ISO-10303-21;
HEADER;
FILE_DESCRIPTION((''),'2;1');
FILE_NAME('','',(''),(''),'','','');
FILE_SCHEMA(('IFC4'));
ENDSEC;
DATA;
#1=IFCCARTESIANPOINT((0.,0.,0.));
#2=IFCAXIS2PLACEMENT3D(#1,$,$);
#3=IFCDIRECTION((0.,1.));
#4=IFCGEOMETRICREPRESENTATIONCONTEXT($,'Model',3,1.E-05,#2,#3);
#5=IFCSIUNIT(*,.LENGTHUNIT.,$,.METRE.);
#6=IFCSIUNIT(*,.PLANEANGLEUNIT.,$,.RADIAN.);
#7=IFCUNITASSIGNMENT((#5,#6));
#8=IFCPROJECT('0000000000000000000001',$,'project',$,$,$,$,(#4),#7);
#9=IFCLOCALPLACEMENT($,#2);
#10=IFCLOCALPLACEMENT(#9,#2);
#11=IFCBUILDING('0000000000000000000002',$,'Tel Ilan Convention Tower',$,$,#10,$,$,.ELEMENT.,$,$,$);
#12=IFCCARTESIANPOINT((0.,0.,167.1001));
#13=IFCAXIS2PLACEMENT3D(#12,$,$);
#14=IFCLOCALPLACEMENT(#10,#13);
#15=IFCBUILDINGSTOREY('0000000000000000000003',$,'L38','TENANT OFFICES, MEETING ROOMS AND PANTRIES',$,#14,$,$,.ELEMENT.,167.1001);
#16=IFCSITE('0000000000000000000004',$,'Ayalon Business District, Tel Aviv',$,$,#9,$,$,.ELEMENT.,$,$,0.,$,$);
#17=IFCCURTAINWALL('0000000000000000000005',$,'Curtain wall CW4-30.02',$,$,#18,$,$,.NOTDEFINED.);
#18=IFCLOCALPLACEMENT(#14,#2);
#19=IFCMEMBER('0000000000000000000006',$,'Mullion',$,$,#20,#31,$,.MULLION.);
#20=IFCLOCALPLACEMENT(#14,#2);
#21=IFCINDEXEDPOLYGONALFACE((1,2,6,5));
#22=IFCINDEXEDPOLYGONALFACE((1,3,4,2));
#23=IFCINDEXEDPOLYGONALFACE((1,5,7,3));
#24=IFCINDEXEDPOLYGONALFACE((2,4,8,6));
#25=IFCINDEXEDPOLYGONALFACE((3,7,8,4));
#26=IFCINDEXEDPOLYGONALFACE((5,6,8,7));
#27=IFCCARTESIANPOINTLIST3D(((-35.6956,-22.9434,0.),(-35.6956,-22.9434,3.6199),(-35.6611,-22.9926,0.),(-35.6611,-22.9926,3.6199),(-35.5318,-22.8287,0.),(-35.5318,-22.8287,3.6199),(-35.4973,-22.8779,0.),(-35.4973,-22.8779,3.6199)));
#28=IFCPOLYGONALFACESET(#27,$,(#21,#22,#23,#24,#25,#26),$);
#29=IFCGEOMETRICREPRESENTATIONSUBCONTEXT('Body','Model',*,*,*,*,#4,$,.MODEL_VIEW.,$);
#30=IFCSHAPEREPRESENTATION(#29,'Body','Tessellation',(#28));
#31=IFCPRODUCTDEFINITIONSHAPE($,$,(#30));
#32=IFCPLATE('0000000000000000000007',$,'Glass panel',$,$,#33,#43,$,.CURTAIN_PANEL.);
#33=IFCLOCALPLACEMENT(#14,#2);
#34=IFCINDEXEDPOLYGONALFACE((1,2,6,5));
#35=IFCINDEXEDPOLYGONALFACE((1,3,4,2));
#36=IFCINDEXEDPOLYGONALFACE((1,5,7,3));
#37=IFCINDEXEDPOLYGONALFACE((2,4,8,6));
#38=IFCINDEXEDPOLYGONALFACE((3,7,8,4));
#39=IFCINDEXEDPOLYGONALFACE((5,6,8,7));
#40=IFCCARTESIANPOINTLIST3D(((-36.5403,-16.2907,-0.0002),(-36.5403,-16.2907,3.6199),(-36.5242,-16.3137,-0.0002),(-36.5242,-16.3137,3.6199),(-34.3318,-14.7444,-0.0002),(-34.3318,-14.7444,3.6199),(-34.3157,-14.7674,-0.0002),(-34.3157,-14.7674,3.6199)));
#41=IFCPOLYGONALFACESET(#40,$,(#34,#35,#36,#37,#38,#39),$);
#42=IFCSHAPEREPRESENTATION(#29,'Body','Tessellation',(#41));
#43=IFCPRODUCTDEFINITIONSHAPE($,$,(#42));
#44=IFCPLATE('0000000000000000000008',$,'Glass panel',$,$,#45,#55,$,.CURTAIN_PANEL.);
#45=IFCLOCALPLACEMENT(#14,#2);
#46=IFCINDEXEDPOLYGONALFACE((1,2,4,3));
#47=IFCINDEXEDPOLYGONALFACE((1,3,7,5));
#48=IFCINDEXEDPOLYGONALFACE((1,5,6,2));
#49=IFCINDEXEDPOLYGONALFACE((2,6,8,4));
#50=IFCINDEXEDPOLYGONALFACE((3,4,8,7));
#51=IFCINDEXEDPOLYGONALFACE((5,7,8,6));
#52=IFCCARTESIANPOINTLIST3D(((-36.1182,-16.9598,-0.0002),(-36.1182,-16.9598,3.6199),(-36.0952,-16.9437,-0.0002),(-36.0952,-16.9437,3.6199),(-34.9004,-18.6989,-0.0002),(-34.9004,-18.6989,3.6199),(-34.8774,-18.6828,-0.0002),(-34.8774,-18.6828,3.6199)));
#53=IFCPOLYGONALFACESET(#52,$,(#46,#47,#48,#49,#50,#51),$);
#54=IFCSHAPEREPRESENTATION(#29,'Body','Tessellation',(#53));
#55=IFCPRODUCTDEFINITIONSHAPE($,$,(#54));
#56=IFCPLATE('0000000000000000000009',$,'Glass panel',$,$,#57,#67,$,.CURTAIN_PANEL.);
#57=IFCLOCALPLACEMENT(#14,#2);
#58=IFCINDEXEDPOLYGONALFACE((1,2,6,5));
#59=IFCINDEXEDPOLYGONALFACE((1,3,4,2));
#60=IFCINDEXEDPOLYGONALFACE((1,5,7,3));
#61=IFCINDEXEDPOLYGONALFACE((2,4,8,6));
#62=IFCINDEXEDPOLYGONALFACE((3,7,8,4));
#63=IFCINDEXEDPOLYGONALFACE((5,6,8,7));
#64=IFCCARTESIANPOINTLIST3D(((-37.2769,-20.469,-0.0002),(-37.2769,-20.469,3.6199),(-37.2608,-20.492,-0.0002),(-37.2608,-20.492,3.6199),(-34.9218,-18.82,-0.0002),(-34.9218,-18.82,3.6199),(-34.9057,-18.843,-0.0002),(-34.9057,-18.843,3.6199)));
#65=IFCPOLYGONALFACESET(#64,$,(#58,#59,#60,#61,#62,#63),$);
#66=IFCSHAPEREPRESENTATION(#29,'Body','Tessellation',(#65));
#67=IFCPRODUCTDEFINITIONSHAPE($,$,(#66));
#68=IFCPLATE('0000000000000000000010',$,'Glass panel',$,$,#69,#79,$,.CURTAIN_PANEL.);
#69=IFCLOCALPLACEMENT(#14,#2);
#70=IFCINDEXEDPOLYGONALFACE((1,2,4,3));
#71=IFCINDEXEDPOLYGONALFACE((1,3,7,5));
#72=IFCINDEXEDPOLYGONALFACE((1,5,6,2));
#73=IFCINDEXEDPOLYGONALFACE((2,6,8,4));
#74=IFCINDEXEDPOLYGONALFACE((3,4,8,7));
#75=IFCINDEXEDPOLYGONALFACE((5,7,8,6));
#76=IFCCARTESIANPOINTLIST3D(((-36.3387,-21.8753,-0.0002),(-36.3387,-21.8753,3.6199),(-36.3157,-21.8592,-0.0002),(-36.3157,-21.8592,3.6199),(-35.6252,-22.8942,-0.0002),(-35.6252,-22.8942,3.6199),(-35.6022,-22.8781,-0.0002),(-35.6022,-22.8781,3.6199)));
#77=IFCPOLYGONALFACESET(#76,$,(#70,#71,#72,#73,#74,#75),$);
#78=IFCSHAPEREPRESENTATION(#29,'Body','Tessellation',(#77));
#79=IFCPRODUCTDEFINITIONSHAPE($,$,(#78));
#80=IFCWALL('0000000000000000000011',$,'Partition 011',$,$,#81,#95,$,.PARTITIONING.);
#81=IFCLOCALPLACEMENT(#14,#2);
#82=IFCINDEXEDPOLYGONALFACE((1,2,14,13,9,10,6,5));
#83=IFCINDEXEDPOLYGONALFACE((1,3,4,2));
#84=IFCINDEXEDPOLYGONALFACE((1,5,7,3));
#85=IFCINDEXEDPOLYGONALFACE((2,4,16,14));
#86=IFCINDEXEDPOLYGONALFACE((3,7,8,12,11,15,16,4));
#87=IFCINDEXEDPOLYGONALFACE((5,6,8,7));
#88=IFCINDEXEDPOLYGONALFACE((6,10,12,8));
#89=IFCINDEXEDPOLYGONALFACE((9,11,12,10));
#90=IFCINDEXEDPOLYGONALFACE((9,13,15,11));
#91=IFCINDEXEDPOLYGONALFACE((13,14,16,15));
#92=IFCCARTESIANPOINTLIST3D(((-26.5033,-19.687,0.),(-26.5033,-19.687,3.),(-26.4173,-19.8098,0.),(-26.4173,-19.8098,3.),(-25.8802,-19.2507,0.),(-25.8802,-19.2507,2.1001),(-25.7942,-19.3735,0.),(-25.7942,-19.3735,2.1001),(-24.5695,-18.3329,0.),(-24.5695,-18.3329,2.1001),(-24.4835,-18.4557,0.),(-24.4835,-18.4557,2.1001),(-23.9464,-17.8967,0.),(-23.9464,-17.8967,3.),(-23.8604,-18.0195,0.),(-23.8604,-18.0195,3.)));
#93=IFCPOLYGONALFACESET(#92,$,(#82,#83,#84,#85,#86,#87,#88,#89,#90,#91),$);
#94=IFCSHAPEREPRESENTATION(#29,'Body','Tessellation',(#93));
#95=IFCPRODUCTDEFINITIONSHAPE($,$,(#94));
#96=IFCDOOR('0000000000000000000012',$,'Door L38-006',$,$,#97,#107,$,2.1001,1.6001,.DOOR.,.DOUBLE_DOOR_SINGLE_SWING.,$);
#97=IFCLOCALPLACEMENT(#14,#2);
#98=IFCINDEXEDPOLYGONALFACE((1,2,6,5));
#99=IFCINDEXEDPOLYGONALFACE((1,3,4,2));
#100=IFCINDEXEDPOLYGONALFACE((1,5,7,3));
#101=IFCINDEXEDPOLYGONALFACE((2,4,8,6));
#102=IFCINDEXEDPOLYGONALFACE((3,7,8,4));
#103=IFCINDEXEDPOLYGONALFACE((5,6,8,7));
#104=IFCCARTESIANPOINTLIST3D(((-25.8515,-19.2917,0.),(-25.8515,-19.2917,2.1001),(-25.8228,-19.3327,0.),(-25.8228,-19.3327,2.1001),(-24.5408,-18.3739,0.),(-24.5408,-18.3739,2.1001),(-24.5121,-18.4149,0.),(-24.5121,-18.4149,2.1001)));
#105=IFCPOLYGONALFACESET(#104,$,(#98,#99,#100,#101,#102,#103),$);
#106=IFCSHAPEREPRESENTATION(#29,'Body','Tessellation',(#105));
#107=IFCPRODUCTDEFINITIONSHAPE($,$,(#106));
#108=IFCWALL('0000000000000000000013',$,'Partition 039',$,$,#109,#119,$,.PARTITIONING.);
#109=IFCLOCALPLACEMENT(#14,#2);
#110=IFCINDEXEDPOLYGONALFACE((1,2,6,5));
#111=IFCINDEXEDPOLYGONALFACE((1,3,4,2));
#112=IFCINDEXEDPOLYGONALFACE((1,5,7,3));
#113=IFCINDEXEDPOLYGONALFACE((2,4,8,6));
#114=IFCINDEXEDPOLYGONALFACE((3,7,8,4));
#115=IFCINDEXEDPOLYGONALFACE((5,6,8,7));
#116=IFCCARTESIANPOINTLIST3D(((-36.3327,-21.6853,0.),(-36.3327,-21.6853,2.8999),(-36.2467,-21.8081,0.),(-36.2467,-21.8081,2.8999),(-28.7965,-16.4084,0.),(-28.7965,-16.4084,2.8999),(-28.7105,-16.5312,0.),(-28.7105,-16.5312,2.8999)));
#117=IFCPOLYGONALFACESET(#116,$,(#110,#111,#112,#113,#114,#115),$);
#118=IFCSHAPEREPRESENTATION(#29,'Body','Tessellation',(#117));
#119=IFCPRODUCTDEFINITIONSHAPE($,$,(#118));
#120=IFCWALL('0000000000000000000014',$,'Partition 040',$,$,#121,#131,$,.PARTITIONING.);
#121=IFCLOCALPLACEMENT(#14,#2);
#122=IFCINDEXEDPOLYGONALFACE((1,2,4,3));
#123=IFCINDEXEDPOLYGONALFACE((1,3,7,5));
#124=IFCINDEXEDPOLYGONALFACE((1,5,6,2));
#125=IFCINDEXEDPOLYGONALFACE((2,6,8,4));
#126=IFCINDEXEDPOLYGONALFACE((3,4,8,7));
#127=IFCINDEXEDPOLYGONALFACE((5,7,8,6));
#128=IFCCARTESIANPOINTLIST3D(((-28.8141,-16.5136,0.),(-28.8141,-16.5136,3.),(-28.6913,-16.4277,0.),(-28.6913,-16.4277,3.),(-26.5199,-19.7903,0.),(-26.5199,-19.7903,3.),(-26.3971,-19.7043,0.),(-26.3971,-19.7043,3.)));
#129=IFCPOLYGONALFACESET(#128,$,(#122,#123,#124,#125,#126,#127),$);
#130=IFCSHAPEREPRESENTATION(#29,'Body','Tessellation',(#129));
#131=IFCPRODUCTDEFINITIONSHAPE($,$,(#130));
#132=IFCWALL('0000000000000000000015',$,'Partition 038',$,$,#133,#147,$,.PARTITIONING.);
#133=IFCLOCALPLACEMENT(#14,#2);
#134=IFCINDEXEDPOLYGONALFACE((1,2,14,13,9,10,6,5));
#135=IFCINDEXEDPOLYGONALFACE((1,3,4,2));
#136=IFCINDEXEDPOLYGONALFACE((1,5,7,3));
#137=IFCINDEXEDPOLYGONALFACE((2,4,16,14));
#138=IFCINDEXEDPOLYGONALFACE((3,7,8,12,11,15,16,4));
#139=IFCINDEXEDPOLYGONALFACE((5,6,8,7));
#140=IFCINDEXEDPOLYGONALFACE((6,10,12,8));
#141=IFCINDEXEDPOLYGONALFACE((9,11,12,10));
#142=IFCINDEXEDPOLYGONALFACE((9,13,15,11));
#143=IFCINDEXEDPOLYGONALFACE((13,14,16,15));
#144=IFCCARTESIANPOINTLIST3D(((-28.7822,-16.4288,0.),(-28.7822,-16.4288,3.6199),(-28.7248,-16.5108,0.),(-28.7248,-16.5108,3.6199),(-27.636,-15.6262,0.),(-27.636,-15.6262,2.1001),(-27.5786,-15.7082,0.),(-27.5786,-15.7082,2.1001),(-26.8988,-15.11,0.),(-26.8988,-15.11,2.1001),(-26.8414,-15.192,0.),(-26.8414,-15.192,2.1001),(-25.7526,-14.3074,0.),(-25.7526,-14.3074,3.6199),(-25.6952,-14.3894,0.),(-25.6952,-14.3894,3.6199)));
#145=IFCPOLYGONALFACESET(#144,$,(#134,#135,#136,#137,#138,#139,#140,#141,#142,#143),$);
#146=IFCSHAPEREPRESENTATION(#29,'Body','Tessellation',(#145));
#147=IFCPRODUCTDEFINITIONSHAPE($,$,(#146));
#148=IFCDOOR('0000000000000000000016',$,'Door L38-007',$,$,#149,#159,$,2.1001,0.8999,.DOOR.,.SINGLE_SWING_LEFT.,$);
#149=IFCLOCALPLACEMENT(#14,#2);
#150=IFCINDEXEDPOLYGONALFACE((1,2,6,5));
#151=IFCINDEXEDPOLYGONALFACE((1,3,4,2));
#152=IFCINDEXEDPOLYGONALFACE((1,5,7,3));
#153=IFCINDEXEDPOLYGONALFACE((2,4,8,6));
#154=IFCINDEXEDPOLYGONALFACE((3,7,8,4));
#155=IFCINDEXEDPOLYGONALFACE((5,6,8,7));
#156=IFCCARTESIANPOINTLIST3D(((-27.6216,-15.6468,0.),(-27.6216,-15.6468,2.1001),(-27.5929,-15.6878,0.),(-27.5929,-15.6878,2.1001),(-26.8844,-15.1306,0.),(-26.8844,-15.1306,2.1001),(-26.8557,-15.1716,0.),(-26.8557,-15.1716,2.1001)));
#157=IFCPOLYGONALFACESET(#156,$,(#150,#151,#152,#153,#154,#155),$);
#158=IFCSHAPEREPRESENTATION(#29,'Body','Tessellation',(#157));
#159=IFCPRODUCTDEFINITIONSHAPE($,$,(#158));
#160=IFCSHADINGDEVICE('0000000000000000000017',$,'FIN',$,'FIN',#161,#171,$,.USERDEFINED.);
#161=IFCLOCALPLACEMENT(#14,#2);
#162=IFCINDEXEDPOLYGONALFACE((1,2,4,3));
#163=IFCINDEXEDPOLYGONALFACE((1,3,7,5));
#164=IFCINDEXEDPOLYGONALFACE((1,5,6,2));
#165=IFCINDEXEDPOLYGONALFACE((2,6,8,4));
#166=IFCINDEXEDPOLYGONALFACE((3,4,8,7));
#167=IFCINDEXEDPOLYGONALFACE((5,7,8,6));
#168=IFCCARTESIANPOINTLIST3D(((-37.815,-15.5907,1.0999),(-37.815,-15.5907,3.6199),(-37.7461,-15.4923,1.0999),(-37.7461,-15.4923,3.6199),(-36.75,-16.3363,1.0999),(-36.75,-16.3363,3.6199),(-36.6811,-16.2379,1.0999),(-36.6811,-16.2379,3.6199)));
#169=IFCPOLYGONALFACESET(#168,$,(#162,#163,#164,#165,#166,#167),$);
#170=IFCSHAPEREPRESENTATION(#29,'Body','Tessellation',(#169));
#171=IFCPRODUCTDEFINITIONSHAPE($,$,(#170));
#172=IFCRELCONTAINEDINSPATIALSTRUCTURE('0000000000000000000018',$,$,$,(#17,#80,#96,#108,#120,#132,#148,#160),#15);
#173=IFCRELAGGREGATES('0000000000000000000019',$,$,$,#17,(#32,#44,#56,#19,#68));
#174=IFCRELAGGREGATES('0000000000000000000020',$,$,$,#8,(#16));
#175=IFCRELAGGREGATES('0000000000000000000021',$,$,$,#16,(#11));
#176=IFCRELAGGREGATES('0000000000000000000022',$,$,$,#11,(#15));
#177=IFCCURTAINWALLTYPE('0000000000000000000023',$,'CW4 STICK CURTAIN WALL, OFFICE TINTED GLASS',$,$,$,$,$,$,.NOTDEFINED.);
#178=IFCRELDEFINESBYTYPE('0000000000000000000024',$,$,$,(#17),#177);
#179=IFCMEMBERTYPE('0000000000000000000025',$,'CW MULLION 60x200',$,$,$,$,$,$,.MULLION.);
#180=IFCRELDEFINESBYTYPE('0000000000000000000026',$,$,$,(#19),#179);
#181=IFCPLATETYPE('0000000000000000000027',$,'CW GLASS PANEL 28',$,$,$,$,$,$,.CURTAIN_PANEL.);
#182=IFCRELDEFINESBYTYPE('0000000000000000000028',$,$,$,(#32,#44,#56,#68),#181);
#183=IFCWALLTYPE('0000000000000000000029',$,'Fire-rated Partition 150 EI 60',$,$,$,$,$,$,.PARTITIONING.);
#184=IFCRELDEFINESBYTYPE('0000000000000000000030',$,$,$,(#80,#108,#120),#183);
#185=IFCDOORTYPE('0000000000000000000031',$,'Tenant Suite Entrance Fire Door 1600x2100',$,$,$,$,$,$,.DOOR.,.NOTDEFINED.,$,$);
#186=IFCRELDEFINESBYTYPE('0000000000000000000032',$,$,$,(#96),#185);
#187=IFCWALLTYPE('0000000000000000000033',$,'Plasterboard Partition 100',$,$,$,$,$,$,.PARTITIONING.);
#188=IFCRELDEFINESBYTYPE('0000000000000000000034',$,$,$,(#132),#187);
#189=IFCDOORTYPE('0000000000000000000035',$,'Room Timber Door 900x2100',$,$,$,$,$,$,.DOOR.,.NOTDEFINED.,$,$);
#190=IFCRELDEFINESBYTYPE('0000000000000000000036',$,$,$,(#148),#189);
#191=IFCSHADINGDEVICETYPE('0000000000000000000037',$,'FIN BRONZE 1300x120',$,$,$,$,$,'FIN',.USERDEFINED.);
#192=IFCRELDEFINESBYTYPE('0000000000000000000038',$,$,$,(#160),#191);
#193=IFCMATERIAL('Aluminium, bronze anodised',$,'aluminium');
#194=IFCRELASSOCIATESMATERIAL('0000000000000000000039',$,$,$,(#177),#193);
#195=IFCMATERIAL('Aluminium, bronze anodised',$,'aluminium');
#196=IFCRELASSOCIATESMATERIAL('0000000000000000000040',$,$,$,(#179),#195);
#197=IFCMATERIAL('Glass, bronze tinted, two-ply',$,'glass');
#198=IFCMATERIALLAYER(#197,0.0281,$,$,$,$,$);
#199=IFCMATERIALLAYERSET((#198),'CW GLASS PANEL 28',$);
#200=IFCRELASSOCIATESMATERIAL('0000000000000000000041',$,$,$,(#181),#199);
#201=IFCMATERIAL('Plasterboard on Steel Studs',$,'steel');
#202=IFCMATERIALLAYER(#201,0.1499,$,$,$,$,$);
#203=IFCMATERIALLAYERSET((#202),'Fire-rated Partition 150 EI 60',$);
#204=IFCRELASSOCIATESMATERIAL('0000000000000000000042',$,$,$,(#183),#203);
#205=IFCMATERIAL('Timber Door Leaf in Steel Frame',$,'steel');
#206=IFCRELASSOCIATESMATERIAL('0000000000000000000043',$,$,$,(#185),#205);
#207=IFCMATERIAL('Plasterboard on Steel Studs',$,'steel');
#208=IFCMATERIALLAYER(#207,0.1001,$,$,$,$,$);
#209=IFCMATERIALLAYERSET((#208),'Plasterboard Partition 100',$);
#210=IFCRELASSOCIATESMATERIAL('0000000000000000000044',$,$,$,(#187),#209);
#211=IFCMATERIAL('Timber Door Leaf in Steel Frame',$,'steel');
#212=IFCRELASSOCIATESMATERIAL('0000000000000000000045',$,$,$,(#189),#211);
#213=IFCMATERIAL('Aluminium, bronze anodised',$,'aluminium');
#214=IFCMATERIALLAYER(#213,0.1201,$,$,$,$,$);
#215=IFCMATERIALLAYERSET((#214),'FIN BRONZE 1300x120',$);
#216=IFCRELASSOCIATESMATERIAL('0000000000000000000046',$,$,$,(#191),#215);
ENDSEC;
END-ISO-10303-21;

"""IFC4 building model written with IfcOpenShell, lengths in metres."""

from ifc_helpers import new_model, si_unit, direction, frame, frame_2d, origin, origin_2d, place, context, subcontext, project, spatial, rectangle, extrude, material, layer, layer_set, material_profile, profile_set, type_object, element, fill, aggregate, save


model = new_model("IFC4")

# Units and contexts
model_context = context("Model", 3, precision=1e-05, world=origin(), true_north=direction((0.0, 1.0)))
body_context = subcontext(model_context, "Body", "Model", "MODEL_VIEW")
ifc_project = project(units=[si_unit("LENGTHUNIT", "METRE"), si_unit("PLANEANGLEUNIT", "RADIAN")], contexts=[model_context])

# Site, building, storey
site_placement = place(None, origin())
site = spatial("IfcSite", under=ifc_project, at=site_placement, Name="Ayalon Business District, Tel Aviv", CompositionType="ELEMENT", RefElevation=0.0)
building_placement = place(site_placement, origin())
building = spatial("IfcBuilding", under=site, at=building_placement, Name="Tel Ilan Convention Tower", CompositionType="ELEMENT")
storey_placement = place(building_placement, frame((0.0, 0.0, 167.1001)))
storey = spatial("IfcBuildingStorey", under=building, at=storey_placement, Name="L38", Description="TENANT OFFICES, MEETING ROOMS AND PANTRIES", CompositionType="ELEMENT", Elevation=167.1001)

# Curtain wall, member, plates
ifc_material_1 = material(Name="Aluminium, bronze anodised", Category="aluminium")
curtain_wall_type = type_object("IfcCurtainWallType", Name="CW4 STICK CURTAIN WALL, OFFICE TINTED GLASS", PredefinedType="NOTDEFINED", material=ifc_material_1)
curtain_wall_placement = place(storey_placement, origin())
curtain_wall = element("IfcCurtainWall", 1, at=curtain_wall_placement, inside=storey, type_object=curtain_wall_type, Name="Curtain wall CW4-30.02", PredefinedType="NOTDEFINED")
ifc_material_2 = material(Name="Aluminium, bronze anodised", Category="aluminium")
ifc_material_profile_1 = material_profile(ifc_material_2, rectangle(XDim=0.0601, YDim=0.2, at=origin_2d()), Name="CW MULLION 60x200")
ifc_profile_set_1 = profile_set([ifc_material_profile_1], Name="Aluminium, bronze anodised")
member_type_1 = type_object("IfcMemberType", Name="CW MULLION 60x200", PredefinedType="MULLION", material=ifc_profile_set_1)
member_1_placement = place(storey_placement, frame((-35.5964, -22.9106, 0.0), z_axis=(0.0, 0.0, 1.0), x_axis=(0.573576, -0.819152, 0.0)))
member_1 = element("IfcMember", 2, at=member_1_placement, type_object=member_type_1, Name="Mullion", PredefinedType="MULLION", context=body_context, shape_type="SweptSolid", body=[
    extrude(rectangle(XDim=0.0601, YDim=0.2, at=origin_2d()), origin(), (0.0, 0.0, 1.0), 3.6199),
])
ifc_material_3 = material(Name="Glass, bronze tinted, two-ply", Category="glass")
ifc_layer_1 = layer(ifc_material_3, 0.0281)
ifc_layer_set_1 = layer_set([ifc_layer_1], Name="CW GLASS PANEL 28")
plate_type = type_object("IfcPlateType", Name="CW GLASS PANEL 28", PredefinedType="CURTAIN_PANEL", material=ifc_layer_set_1)
plate_1_placement = place(storey_placement, frame((-35.428, -15.5291, -0.0002), z_axis=(0.0, 0.0, 1.0), x_axis=(-0.819152, -0.573576, 0.0)))
plate_1 = element("IfcPlate", 3, at=plate_1_placement, type_object=plate_type, Name="Glass panel", PredefinedType="CURTAIN_PANEL", context=body_context, shape_type="SweptSolid", body=[
    extrude(rectangle(XDim=2.696, YDim=0.0281, at=origin_2d()), origin(), (0.0, 0.0, 1.0), 3.6201),
])
plate_2_placement = place(storey_placement, frame((-35.4978, -17.8213, -0.0002), z_axis=(0.0, 0.0, 1.0), x_axis=(0.573576, -0.819152, 0.0)))
plate_2 = element("IfcPlate", 4, at=plate_2_placement, type_object=plate_type, Name="Glass panel", PredefinedType="CURTAIN_PANEL", context=body_context, shape_type="SweptSolid", body=[
    extrude(rectangle(XDim=2.123, YDim=0.0281, at=origin_2d()), origin(), (0.0, 0.0, 1.0), 3.6201),
])
plate_3_placement = place(storey_placement, frame((-36.0913, -19.656, -0.0002), z_axis=(0.0, 0.0, 1.0), x_axis=(-0.819152, -0.573576, 0.0)))
plate_3 = element("IfcPlate", 5, at=plate_3_placement, type_object=plate_type, Name="Glass panel", PredefinedType="CURTAIN_PANEL", context=body_context, shape_type="SweptSolid", body=[
    extrude(rectangle(XDim=2.875, YDim=0.0281, at=origin_2d()), origin(), (0.0, 0.0, 1.0), 3.6201),
])
plate_4_placement = place(storey_placement, frame((-35.9705, -22.3767, -0.0002), z_axis=(0.0, 0.0, 1.0), x_axis=(0.573576, -0.819152, 0.0)))
plate_4 = element("IfcPlate", 6, at=plate_4_placement, type_object=plate_type, Name="Glass panel", PredefinedType="CURTAIN_PANEL", context=body_context, shape_type="SweptSolid", body=[
    extrude(rectangle(XDim=1.2439, YDim=0.0281, at=origin_2d()), origin(), (0.0, 0.0, 1.0), 3.6201),
])
aggregate(curtain_wall, [plate_1, plate_2, plate_3, member_1, plate_4])

# Wall, opening, door
ifc_material_4 = material(Name="Plasterboard on Steel Studs", Category="steel")
ifc_layer_2 = layer(ifc_material_4, 0.1499)
ifc_layer_set_2 = layer_set([ifc_layer_2], Name="Fire-rated Partition 150 EI 60")
wall_type_1 = type_object("IfcWallType", Name="Fire-rated Partition 150 EI 60", PredefinedType="PARTITIONING", material=ifc_layer_set_2)
wall_1_placement = place(storey_placement, frame((-26.4602, -19.7483, 0.0), z_axis=(0.0, 0.0, 1.0), x_axis=(0.819162, 0.573562, 0.0)))
wall_1 = element("IfcWall", 7, at=wall_1_placement, inside=storey, type_object=wall_type_1, Name="Partition 011", PredefinedType="PARTITIONING", context=body_context, shape_type="SweptSolid", body=[
    extrude(rectangle(XDim=3.1213, YDim=0.1499, at=frame_2d((1.5605, 0.0))), origin(), (0.0, 0.0, 1.0), 3.0),
])
opening_1_placement = place(wall_1_placement, frame((0.7605, 0.0, 0.0)))
opening_1 = element("IfcOpeningElement", 8, at=opening_1_placement, cuts=wall_1, PredefinedType="OPENING", context=body_context, shape_type="SweptSolid", body=[
    extrude(rectangle(XDim=1.6001, YDim=2.1001, at=frame_2d((0.8, 1.05))), frame((0.0, 0.085, 0.0), z_axis=(0.0, -1.0, 0.0), x_axis=(1.0, 0.0, 0.0)), (0.0, 0.0, 1.0), 0.1699),
])
ifc_material_5 = material(Name="Timber Door Leaf in Steel Frame", Category="steel")
door_type_1 = type_object("IfcDoorType", Name="Tenant Suite Entrance Fire Door 1600x2100", OperationType="NOTDEFINED", PredefinedType="DOOR", material=ifc_material_5)
door_1_placement = place(opening_1_placement, origin())
door_1 = element("IfcDoor", 9, at=door_1_placement, inside=storey, type_object=door_type_1, Name="Door L38-006", OperationType="DOUBLE_DOOR_SINGLE_SWING", OverallHeight=2.1001, OverallWidth=1.6001, PredefinedType="DOOR", context=body_context, shape_type="SweptSolid", body=[
    extrude(rectangle(XDim=1.6001, YDim=2.1001, at=frame_2d((0.8, 1.05))), frame((0.0, 0.0249, 0.0), z_axis=(0.0, -1.0, 0.0), x_axis=(1.0, 0.0, 0.0)), (0.0, 0.0, 1.0), 0.05),
])
fill(opening_1, door_1)

# Walls
wall_2_placement = place(storey_placement, frame((-28.7534, -16.4697, 0.0), z_axis=(0.0, 0.0, 1.0), x_axis=(-0.819152, -0.573576, 0.0)))
element("IfcWall", 10, at=wall_2_placement, inside=storey, type_object=wall_type_1, Name="Partition 039", PredefinedType="PARTITIONING", context=body_context, shape_type="SweptSolid", body=[
    extrude(rectangle(XDim=9.2, YDim=0.1499, at=frame_2d((4.6001, 0.0))), origin(), (0.0, 0.0, 1.0), 2.8999),
])
wall_3_placement = place(storey_placement, frame((-26.4585, -19.7473, 0.0), z_axis=(0.0, 0.0, 1.0), x_axis=(-0.573557, 0.819166, 0.0)))
element("IfcWall", 11, at=wall_3_placement, inside=storey, type_object=wall_type_1, Name="Partition 040", PredefinedType="PARTITIONING", context=body_context, shape_type="SweptSolid", body=[
    extrude(rectangle(XDim=4.0, YDim=0.1499, at=frame_2d((2.0, 0.0))), origin(), (0.0, 0.0, 1.0), 3.0),
])

# Wall, opening, door
ifc_material_6 = material(Name="Plasterboard on Steel Studs", Category="steel")
ifc_layer_3 = layer(ifc_material_6, 0.1001)
ifc_layer_set_3 = layer_set([ifc_layer_3], Name="Plasterboard Partition 100")
wall_type_2 = type_object("IfcWallType", Name="Plasterboard Partition 100", PredefinedType="PARTITIONING", material=ifc_layer_set_3)
wall_4_placement = place(storey_placement, frame((-28.7534, -16.4697, 0.0), z_axis=(0.0, 0.0, 1.0), x_axis=(0.819148, 0.573582, 0.0)))
wall_4 = element("IfcWall", 12, at=wall_4_placement, inside=storey, type_object=wall_type_2, Name="Partition 038", PredefinedType="PARTITIONING", context=body_context, shape_type="SweptSolid", body=[
    extrude(rectangle(XDim=3.6985, YDim=0.1001, at=frame_2d((1.8491, 0.0))), origin(), (0.0, 0.0, 1.0), 3.6199),
])
opening_2_placement = place(wall_4_placement, frame((1.3992, 0.0, 0.0)))
opening_2 = element("IfcOpeningElement", 13, at=opening_2_placement, cuts=wall_4, PredefinedType="OPENING", context=body_context, shape_type="SweptSolid", body=[
    extrude(rectangle(XDim=0.8999, YDim=2.1001, at=frame_2d((0.45, 1.05))), frame((0.0, 0.0601, 0.0), z_axis=(0.0, -1.0, 0.0), x_axis=(1.0, 0.0, 0.0)), (0.0, 0.0, 1.0), 0.1201),
])
ifc_material_7 = material(Name="Timber Door Leaf in Steel Frame", Category="steel")
door_type_2 = type_object("IfcDoorType", Name="Room Timber Door 900x2100", OperationType="NOTDEFINED", PredefinedType="DOOR", material=ifc_material_7)
door_2_placement = place(opening_2_placement, origin())
door_2 = element("IfcDoor", 14, at=door_2_placement, inside=storey, type_object=door_type_2, Name="Door L38-007", OperationType="SINGLE_SWING_LEFT", OverallHeight=2.1001, OverallWidth=0.8999, PredefinedType="DOOR", context=body_context, shape_type="SweptSolid", body=[
    extrude(rectangle(XDim=0.8999, YDim=2.1001, at=frame_2d((0.45, 1.05))), frame((0.0, 0.0249, 0.0), z_axis=(0.0, -1.0, 0.0), x_axis=(1.0, 0.0, 0.0)), (0.0, 0.0, 1.0), 0.05),
])
fill(opening_2, door_2)

# Shading device
ifc_material_8 = material(Name="Aluminium, bronze anodised", Category="aluminium")
ifc_layer_4 = layer(ifc_material_8, 0.1201)
ifc_layer_set_4 = layer_set([ifc_layer_4], Name="FIN BRONZE 1300x120")
shading_device_type = type_object("IfcShadingDeviceType", Name="FIN BRONZE 1300x120", ElementType="FIN", PredefinedType="USERDEFINED", material=ifc_layer_set_4)
for number, where, z_axis, x_axis, name in (
    (15, (-37.248, -15.9143, 1.0999), (0.0, 0.0, 1.0), (-0.819152, 0.573576, 0.0), "FIN"),
):
    element("IfcShadingDevice", number, at=place(storey_placement, frame(where, z_axis=z_axis, x_axis=x_axis)), inside=storey, type_object=shading_device_type, Name=name, ObjectType="FIN", PredefinedType="USERDEFINED", context=body_context, shape_type="SweptSolid", body=[
        extrude(rectangle(XDim=1.3, YDim=0.1201, at=origin_2d()), origin(), (0.0, 0.0, 1.0), 2.52),
    ])

save(model, "model.ifc")
